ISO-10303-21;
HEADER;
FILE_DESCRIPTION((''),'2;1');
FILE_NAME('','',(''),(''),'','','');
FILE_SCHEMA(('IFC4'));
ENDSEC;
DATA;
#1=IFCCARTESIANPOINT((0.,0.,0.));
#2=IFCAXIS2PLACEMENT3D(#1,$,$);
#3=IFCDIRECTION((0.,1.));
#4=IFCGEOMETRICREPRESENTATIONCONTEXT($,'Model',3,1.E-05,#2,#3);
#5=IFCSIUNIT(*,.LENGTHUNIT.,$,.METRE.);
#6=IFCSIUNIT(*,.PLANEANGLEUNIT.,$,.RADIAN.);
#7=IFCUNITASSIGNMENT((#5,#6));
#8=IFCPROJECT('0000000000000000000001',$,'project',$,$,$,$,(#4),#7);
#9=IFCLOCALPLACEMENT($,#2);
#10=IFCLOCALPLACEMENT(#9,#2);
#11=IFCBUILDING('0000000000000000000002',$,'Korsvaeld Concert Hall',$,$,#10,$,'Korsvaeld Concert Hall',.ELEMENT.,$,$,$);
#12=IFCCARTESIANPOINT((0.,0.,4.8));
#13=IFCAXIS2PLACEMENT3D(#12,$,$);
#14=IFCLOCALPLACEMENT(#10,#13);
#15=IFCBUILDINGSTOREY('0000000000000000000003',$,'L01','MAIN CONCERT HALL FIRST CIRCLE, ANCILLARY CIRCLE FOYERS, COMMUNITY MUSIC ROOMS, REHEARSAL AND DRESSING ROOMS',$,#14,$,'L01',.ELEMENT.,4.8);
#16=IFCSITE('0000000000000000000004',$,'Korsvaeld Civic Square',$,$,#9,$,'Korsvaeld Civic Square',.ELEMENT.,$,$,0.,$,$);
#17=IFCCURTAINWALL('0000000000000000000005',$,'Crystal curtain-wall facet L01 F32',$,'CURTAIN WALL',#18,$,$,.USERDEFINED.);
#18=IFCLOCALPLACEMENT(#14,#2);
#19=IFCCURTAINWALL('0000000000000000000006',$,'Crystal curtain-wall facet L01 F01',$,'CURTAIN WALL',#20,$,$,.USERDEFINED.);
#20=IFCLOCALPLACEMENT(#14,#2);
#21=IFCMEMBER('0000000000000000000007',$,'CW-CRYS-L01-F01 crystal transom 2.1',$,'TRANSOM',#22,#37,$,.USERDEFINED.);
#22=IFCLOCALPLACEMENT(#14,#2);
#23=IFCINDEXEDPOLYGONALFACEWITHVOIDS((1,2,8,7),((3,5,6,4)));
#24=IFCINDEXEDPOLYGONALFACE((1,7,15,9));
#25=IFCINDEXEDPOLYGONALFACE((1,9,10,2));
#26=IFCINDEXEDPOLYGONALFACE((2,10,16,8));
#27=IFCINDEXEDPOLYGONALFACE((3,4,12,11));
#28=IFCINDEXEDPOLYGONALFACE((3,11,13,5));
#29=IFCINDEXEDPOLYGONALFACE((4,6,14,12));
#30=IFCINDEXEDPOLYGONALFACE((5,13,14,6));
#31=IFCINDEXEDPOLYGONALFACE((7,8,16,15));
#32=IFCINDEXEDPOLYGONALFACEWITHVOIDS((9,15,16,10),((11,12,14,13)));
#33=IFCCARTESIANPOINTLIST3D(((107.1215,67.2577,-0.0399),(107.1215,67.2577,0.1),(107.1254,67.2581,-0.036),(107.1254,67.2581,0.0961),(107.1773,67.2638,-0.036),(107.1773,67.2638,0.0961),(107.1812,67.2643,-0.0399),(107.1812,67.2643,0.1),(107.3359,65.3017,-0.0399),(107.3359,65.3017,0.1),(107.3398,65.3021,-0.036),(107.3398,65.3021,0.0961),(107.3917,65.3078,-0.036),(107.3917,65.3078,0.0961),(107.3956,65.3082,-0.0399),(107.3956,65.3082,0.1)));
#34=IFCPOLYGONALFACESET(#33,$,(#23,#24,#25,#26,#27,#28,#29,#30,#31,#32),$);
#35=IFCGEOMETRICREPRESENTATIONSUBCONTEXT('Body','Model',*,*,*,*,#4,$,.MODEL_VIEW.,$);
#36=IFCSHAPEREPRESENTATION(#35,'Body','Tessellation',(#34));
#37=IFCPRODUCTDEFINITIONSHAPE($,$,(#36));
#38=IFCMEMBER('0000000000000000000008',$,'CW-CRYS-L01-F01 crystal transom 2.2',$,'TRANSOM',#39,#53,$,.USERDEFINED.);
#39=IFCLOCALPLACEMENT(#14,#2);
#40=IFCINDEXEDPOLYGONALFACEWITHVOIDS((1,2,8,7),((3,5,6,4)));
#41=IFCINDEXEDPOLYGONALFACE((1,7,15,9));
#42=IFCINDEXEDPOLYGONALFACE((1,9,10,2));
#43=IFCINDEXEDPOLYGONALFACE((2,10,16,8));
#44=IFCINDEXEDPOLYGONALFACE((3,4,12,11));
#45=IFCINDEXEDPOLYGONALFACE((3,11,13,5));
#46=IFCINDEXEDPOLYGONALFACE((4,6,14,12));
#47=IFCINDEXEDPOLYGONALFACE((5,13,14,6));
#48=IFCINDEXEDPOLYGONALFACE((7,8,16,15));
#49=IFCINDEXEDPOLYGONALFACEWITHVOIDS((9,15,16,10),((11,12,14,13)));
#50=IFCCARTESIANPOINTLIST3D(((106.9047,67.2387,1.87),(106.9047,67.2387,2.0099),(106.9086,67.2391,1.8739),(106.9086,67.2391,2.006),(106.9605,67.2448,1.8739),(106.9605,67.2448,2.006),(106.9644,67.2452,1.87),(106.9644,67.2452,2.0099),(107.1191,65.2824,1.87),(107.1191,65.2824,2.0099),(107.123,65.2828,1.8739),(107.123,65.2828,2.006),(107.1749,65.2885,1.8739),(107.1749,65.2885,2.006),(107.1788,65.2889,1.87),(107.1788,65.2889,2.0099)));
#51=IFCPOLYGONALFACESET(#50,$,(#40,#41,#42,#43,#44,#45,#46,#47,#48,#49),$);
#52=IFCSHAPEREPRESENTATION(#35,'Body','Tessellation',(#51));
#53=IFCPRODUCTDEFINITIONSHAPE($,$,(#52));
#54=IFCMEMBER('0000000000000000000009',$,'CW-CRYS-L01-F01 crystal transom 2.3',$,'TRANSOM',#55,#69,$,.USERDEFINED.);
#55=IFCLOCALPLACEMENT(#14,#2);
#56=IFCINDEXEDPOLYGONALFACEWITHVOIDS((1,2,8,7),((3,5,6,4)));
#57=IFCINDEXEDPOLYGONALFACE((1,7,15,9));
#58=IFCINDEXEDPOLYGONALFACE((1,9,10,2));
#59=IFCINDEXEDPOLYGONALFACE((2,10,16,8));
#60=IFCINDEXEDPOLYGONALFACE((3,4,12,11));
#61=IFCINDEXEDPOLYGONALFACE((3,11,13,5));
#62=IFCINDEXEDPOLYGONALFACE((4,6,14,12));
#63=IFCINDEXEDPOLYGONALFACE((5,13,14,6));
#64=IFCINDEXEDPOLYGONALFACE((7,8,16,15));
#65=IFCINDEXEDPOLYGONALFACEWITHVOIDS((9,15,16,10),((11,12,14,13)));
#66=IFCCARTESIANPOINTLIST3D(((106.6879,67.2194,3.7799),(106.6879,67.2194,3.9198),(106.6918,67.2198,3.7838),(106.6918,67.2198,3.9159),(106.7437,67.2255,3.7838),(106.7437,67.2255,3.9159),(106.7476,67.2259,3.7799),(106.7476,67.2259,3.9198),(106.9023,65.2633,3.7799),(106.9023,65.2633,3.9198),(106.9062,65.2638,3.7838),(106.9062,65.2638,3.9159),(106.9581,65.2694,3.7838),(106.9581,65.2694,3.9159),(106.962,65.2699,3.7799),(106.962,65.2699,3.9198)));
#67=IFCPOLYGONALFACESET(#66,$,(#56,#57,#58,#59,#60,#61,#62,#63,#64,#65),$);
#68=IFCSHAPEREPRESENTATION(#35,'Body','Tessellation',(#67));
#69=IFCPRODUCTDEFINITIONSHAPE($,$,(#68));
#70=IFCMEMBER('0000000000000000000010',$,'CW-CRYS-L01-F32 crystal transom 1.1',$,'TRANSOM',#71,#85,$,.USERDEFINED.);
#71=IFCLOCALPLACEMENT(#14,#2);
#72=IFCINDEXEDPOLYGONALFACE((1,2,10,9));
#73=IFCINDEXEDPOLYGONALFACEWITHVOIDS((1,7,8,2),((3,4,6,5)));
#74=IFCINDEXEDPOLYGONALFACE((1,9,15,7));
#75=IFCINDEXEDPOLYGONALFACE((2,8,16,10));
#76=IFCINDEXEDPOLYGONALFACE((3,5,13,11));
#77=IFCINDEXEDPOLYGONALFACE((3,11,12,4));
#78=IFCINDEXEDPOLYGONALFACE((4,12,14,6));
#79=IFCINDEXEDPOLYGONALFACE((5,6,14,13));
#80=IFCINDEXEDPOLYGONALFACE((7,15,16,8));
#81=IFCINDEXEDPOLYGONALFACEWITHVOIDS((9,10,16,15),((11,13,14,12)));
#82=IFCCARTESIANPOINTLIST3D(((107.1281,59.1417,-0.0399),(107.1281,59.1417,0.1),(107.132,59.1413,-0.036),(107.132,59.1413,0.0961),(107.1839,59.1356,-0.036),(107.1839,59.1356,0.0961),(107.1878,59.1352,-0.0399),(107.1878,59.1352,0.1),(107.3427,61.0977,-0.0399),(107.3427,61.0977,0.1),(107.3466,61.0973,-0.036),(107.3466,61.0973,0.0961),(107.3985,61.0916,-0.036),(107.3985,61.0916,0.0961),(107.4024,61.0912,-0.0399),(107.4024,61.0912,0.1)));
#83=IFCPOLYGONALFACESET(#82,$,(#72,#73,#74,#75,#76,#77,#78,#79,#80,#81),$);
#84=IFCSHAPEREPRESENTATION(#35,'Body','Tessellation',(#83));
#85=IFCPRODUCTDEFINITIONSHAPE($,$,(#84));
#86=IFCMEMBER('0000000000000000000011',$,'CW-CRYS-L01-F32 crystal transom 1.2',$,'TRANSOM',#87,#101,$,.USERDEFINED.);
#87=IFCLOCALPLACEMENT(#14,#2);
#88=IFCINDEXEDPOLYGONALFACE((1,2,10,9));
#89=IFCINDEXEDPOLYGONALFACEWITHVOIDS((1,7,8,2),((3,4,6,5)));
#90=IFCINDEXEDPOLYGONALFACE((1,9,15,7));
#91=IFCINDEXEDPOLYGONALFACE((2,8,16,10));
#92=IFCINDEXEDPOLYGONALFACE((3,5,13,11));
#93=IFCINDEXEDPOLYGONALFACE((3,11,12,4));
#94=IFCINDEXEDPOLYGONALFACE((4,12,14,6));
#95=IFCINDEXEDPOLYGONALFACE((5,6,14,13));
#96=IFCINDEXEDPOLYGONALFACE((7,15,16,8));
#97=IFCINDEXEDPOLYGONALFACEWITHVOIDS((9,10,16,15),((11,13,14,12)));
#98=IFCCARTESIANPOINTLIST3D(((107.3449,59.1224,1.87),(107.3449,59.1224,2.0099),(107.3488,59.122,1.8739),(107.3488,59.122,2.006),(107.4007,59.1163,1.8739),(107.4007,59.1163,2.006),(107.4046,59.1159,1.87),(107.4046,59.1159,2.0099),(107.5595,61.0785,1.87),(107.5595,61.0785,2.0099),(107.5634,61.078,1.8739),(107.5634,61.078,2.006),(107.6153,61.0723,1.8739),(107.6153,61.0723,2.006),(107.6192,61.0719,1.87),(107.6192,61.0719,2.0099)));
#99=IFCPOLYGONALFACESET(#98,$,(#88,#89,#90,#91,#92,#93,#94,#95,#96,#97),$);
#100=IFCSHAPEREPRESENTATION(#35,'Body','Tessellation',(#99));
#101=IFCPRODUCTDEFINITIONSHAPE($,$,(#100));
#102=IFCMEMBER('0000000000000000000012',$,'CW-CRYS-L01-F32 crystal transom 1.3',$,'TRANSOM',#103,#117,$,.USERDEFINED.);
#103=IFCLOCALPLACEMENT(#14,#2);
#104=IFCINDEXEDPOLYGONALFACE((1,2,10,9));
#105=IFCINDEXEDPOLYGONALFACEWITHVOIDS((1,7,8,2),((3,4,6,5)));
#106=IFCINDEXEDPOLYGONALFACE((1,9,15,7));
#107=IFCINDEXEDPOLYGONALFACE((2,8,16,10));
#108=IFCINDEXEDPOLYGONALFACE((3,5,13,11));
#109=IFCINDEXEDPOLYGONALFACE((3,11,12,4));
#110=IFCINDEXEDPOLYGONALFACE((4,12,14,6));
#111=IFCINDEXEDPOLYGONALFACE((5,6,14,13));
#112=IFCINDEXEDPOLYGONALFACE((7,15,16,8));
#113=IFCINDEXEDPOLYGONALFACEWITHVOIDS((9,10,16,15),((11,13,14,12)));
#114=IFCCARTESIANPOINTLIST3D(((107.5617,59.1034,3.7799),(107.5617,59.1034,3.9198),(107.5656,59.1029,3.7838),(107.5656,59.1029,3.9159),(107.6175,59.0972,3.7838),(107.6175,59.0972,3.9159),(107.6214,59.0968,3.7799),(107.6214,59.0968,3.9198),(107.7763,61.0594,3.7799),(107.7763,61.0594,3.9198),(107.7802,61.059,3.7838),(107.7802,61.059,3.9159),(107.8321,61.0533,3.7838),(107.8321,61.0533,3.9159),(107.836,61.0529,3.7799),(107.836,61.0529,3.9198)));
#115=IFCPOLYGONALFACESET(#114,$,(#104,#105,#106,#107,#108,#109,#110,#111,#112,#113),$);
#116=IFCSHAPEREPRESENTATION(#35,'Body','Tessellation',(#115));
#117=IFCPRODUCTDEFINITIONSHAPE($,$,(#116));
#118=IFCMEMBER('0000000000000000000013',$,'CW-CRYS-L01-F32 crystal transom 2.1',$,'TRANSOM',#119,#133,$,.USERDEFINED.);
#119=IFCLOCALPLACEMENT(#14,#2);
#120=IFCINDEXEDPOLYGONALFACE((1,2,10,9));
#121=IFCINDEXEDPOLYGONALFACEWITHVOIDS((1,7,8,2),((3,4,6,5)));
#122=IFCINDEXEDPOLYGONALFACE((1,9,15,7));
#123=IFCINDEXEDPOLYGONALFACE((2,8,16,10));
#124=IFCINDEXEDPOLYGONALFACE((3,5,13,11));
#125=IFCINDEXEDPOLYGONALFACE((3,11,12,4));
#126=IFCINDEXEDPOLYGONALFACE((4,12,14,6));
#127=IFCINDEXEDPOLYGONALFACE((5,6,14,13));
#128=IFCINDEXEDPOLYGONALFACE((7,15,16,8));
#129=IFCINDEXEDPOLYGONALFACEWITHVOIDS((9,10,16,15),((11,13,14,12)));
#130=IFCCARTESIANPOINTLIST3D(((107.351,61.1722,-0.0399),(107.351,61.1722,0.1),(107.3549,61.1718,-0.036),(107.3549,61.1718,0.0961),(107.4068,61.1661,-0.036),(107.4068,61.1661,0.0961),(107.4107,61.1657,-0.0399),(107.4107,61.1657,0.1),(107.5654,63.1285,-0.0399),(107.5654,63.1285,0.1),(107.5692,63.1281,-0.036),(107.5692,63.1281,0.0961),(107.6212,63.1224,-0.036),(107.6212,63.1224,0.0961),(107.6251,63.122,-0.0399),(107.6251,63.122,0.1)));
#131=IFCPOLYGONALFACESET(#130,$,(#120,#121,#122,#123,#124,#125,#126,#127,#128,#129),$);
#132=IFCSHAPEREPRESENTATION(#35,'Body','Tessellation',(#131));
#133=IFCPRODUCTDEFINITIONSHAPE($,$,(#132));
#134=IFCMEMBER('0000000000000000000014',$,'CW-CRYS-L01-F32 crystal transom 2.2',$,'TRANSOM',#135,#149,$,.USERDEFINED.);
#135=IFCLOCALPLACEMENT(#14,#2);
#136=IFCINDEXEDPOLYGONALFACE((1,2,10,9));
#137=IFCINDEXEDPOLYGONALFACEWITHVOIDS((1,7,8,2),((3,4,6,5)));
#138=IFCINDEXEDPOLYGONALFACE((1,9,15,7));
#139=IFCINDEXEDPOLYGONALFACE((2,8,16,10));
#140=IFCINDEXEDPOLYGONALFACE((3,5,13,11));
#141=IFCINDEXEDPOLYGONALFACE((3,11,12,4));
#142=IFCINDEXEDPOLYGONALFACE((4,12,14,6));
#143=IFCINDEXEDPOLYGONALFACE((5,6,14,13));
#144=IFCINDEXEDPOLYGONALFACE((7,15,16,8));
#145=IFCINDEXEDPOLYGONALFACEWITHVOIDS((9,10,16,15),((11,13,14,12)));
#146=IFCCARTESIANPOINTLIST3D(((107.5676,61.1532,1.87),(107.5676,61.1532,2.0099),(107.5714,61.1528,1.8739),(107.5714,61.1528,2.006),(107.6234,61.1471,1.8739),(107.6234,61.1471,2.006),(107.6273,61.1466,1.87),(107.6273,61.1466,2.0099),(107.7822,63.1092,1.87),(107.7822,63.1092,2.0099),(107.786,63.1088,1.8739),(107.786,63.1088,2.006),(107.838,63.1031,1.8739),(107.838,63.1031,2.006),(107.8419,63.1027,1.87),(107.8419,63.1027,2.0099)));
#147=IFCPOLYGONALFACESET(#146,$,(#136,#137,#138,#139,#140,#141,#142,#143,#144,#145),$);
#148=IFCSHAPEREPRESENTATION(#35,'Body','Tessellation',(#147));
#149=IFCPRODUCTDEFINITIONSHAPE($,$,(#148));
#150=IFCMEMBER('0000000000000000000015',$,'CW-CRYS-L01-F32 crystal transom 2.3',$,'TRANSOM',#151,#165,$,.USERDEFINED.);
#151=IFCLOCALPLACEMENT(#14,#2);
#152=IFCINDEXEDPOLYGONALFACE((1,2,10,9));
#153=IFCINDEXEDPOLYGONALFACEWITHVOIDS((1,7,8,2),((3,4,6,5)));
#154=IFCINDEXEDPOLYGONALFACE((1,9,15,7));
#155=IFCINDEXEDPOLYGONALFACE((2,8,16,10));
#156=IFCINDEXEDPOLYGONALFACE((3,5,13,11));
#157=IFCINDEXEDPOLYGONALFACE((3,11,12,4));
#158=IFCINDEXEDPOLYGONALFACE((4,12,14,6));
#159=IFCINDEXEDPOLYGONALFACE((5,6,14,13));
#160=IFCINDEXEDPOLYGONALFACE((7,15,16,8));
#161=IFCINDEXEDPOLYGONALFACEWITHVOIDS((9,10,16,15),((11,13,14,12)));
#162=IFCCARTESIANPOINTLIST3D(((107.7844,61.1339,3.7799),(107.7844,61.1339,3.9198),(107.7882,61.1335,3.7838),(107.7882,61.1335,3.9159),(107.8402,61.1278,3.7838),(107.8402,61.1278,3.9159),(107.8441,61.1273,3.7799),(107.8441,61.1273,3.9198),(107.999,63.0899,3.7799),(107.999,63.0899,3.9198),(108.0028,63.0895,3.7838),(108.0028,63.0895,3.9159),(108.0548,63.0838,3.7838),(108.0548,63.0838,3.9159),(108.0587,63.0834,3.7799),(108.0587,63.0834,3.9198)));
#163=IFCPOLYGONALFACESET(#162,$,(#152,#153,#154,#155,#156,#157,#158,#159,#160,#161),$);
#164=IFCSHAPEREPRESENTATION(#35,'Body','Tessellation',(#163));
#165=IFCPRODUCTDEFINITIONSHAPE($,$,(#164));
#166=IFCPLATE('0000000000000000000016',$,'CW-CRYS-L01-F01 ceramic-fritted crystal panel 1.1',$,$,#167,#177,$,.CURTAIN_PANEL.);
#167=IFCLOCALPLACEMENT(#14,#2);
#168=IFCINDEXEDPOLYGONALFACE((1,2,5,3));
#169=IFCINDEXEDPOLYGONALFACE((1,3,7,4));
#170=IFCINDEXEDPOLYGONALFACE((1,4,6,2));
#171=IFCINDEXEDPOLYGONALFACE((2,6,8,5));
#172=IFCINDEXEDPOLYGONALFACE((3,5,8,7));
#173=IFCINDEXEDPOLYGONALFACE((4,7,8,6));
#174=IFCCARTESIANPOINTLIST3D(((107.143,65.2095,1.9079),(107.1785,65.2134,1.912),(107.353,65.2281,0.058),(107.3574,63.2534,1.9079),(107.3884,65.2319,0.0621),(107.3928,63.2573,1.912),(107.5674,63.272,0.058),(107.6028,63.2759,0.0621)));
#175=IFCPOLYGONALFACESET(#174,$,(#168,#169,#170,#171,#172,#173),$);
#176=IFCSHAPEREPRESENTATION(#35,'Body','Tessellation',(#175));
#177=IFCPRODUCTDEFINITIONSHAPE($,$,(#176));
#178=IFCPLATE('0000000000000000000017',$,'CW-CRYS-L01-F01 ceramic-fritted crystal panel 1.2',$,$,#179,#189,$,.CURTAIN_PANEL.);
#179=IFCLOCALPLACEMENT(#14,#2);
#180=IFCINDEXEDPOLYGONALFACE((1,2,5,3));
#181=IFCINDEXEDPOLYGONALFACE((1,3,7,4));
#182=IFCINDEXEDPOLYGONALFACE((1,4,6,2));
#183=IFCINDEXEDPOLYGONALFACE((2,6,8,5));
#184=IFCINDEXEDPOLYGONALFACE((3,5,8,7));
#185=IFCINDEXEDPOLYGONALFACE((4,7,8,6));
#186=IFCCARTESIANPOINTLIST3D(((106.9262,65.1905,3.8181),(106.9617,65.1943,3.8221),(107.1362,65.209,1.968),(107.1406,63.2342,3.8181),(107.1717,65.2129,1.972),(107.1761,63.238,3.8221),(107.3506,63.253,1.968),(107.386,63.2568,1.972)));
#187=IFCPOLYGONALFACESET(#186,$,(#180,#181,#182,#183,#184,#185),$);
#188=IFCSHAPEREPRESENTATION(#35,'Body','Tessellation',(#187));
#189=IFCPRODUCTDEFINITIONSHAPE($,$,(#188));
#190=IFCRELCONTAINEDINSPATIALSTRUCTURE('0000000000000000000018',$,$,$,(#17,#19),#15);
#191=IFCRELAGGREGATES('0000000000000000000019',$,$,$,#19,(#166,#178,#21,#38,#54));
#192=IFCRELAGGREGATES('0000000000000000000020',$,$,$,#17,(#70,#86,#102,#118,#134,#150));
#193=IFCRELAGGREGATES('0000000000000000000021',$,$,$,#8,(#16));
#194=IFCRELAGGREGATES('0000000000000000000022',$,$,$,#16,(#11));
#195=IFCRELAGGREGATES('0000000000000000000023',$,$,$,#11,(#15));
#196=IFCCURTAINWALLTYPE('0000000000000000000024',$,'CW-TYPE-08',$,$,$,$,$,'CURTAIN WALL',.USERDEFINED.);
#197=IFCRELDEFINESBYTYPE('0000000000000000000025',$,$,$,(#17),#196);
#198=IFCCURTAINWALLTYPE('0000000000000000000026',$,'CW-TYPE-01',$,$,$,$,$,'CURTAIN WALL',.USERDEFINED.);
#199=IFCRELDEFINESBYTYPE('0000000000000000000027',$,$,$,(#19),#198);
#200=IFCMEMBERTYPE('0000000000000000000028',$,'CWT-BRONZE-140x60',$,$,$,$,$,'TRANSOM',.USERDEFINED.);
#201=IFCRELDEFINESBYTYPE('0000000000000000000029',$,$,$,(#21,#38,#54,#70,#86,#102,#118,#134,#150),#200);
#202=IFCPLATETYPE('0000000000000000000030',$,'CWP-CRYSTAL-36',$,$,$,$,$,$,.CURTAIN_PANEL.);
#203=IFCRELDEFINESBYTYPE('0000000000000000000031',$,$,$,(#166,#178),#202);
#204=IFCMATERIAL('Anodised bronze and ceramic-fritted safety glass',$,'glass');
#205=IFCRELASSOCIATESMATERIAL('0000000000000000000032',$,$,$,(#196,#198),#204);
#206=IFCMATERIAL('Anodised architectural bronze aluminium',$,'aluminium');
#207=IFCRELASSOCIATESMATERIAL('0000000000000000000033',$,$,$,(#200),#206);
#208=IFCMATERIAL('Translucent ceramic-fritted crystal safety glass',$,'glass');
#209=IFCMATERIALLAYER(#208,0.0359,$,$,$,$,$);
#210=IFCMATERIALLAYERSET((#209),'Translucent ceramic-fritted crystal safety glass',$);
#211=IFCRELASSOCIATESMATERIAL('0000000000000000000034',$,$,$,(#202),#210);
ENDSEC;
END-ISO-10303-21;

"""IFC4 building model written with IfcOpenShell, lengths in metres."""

from ifc_helpers import new_model, si_unit, direction, frame, origin, origin_2d, place, context, subcontext, project, spatial, polyline, hollow_rectangle, outline, extrude, material, layer, layer_set, material_profile, profile_set, type_object, element, aggregate, save


model = new_model("IFC4")

# Units and contexts
model_context = context("Model", 3, precision=1e-05, world=origin(), true_north=direction((0.0, 1.0)))
body_context = subcontext(model_context, "Body", "Model", "MODEL_VIEW")
ifc_project = project(units=[si_unit("LENGTHUNIT", "METRE"), si_unit("PLANEANGLEUNIT", "RADIAN")], contexts=[model_context])

# Site, building, storey
site_placement = place(None, origin())
site = spatial("IfcSite", under=ifc_project, at=site_placement, Name="Korsvaeld Civic Square", LongName="Korsvaeld Civic Square", CompositionType="ELEMENT", RefElevation=0.0)
building_placement = place(site_placement, origin())
building = spatial("IfcBuilding", under=site, at=building_placement, Name="Korsvaeld Concert Hall", LongName="Korsvaeld Concert Hall", CompositionType="ELEMENT")
storey_placement = place(building_placement, frame((0.0, 0.0, 4.8)))
storey = spatial("IfcBuildingStorey", under=building, at=storey_placement, Name="L01", Description="MAIN CONCERT HALL FIRST CIRCLE, ANCILLARY CIRCLE FOYERS, COMMUNITY MUSIC ROOMS, REHEARSAL AND DRESSING ROOMS", LongName="L01", CompositionType="ELEMENT", Elevation=4.8)

# Curtain walls, members
ifc_material_1 = material(Name="Anodised bronze and ceramic-fritted safety glass", Category="glass")
curtain_wall_type_1 = type_object("IfcCurtainWallType", Name="CW-TYPE-08", ElementType="CURTAIN WALL", PredefinedType="USERDEFINED", material=ifc_material_1)
curtain_wall_1_placement = place(storey_placement, origin())
curtain_wall_1 = element("IfcCurtainWall", 1, at=curtain_wall_1_placement, inside=storey, type_object=curtain_wall_type_1, Name="Crystal curtain-wall facet L01 F32", ObjectType="CURTAIN WALL", PredefinedType="USERDEFINED")
ifc_material_2 = material(Name="Anodised architectural bronze aluminium", Category="aluminium")
curtain_wall_type_2 = type_object("IfcCurtainWallType", Name="CW-TYPE-01", ElementType="CURTAIN WALL", PredefinedType="USERDEFINED", material=ifc_material_1)
curtain_wall_2_placement = place(storey_placement, origin())
curtain_wall_2 = element("IfcCurtainWall", 2, at=curtain_wall_2_placement, inside=storey, type_object=curtain_wall_type_2, Name="Crystal curtain-wall facet L01 F01", ObjectType="CURTAIN WALL", PredefinedType="USERDEFINED")
ifc_material_profile_1 = material_profile(ifc_material_2, hollow_rectangle(XDim=0.0601, YDim=0.1399, WallThickness=0.0039, at=origin_2d()), Name="CWT 140x60x4")
ifc_profile_set_1 = profile_set([ifc_material_profile_1], Name="Anodised architectural bronze aluminium")
member_type_1 = type_object("IfcMemberType", Name="CWT-BRONZE-140x60", ElementType="TRANSOM", PredefinedType="USERDEFINED", material=ifc_profile_set_1)
member_1_placement = place(storey_placement, frame((107.3657, 65.3049, 0.03), z_axis=(-0.108933, 0.994049, 0.0), x_axis=(-0.994049, -0.108933, 0.0)))
member_1 = element("IfcMember", 3, at=member_1_placement, type_object=member_type_1, Name="CW-CRYS-L01-F01 crystal transom 2.1", ObjectType="TRANSOM", PredefinedType="USERDEFINED", context=body_context, shape_type="SweptSolid", body=[
    extrude(hollow_rectangle(XDim=0.0601, YDim=0.1399, WallThickness=0.0039, at=origin_2d()), origin(), (0.0, 0.0, 1.0), 1.9678),
])
member_2_placement = place(storey_placement, frame((107.1489, 65.2856, 1.9399), z_axis=(-0.10892, 0.994051, 0.0), x_axis=(-0.994051, -0.10892, 0.0)))
member_2 = element("IfcMember", 4, at=member_2_placement, type_object=member_type_1, Name="CW-CRYS-L01-F01 crystal transom 2.2", ObjectType="TRANSOM", PredefinedType="USERDEFINED", context=body_context, shape_type="SweptSolid", body=[
    extrude(hollow_rectangle(XDim=0.0601, YDim=0.1399, WallThickness=0.0039, at=origin_2d()), origin(), (0.0, 0.0, 1.0), 1.968),
])
member_3_placement = place(storey_placement, frame((106.9321, 65.2666, 3.8499), z_axis=(-0.108933, 0.994049, 0.0), x_axis=(-0.994049, -0.108933, 0.0)))
member_3 = element("IfcMember", 5, at=member_3_placement, type_object=member_type_1, Name="CW-CRYS-L01-F01 crystal transom 2.3", ObjectType="TRANSOM", PredefinedType="USERDEFINED", context=body_context, shape_type="SweptSolid", body=[
    extrude(hollow_rectangle(XDim=0.0601, YDim=0.1399, WallThickness=0.0039, at=origin_2d()), origin(), (0.0, 0.0, 1.0), 1.9678),
])

# Members
member_4_placement = place(storey_placement, frame((107.158, 59.1384, 0.03), z_axis=(0.109056, 0.994036, 0.0), x_axis=(-0.994036, 0.109056, 0.0)))
member_4 = element("IfcMember", 6, at=member_4_placement, type_object=member_type_1, Name="CW-CRYS-L01-F32 crystal transom 1.1", ObjectType="TRANSOM", PredefinedType="USERDEFINED", context=body_context, shape_type="SweptSolid", body=[
    extrude(hollow_rectangle(XDim=0.0601, YDim=0.1399, WallThickness=0.0039, at=origin_2d()), origin(), (0.0, 0.0, 1.0), 1.9678),
])
member_5_placement = place(storey_placement, frame((107.3748, 59.1191, 1.9399), z_axis=(0.109056, 0.994036, 0.0), x_axis=(-0.994036, 0.109056, 0.0)))
member_5 = element("IfcMember", 7, at=member_5_placement, type_object=member_type_1, Name="CW-CRYS-L01-F32 crystal transom 1.2", ObjectType="TRANSOM", PredefinedType="USERDEFINED", context=body_context, shape_type="SweptSolid", body=[
    extrude(hollow_rectangle(XDim=0.0601, YDim=0.1399, WallThickness=0.0039, at=origin_2d()), origin(), (0.0, 0.0, 1.0), 1.9678),
])
member_6_placement = place(storey_placement, frame((107.5916, 59.1001, 3.8499), z_axis=(0.109056, 0.994036, 0.0), x_axis=(-0.994036, 0.109056, 0.0)))
member_6 = element("IfcMember", 8, at=member_6_placement, type_object=member_type_1, Name="CW-CRYS-L01-F32 crystal transom 1.3", ObjectType="TRANSOM", PredefinedType="USERDEFINED", context=body_context, shape_type="SweptSolid", body=[
    extrude(hollow_rectangle(XDim=0.0601, YDim=0.1399, WallThickness=0.0039, at=origin_2d()), origin(), (0.0, 0.0, 1.0), 1.9678),
])
member_7_placement = place(storey_placement, frame((107.3809, 61.1689, 0.03), z_axis=(0.10892, 0.994051, 0.0), x_axis=(-0.994051, 0.10892, 0.0)))
member_7 = element("IfcMember", 9, at=member_7_placement, type_object=member_type_1, Name="CW-CRYS-L01-F32 crystal transom 2.1", ObjectType="TRANSOM", PredefinedType="USERDEFINED", context=body_context, shape_type="SweptSolid", body=[
    extrude(hollow_rectangle(XDim=0.0601, YDim=0.1399, WallThickness=0.0039, at=origin_2d()), origin(), (0.0, 0.0, 1.0), 1.968),
])
member_8_placement = place(storey_placement, frame((107.5974, 61.1499, 1.9399), z_axis=(0.109056, 0.994036, 0.0), x_axis=(-0.994036, 0.109056, 0.0)))
member_8 = element("IfcMember", 10, at=member_8_placement, type_object=member_type_1, Name="CW-CRYS-L01-F32 crystal transom 2.2", ObjectType="TRANSOM", PredefinedType="USERDEFINED", context=body_context, shape_type="SweptSolid", body=[
    extrude(hollow_rectangle(XDim=0.0601, YDim=0.1399, WallThickness=0.0039, at=origin_2d()), origin(), (0.0, 0.0, 1.0), 1.9678),
])
member_9_placement = place(storey_placement, frame((107.8142, 61.1306, 3.8499), z_axis=(0.109056, 0.994036, 0.0), x_axis=(-0.994036, 0.109056, 0.0)))
member_9 = element("IfcMember", 11, at=member_9_placement, type_object=member_type_1, Name="CW-CRYS-L01-F32 crystal transom 2.3", ObjectType="TRANSOM", PredefinedType="USERDEFINED", context=body_context, shape_type="SweptSolid", body=[
    extrude(hollow_rectangle(XDim=0.0601, YDim=0.1399, WallThickness=0.0039, at=origin_2d()), origin(), (0.0, 0.0, 1.0), 1.9678),
])

# Plates
ifc_material_3 = material(Name="Translucent ceramic-fritted crystal safety glass", Category="glass")
ifc_layer = layer(ifc_material_3, 0.0359)
ifc_layer_set = layer_set([ifc_layer], Name="Translucent ceramic-fritted crystal safety glass")
plate_type = type_object("IfcPlateType", Name="CWP-CRYSTAL-36", PredefinedType="CURTAIN_PANEL", material=ifc_layer_set)
plate_1_placement = place(storey_placement, frame((107.585, 63.2739, 0.0601), z_axis=(0.987661, 0.108233, 0.113187), x_axis=(-0.108933, 0.994049, 0.0)))
plate_1 = element("IfcPlate", 12, at=plate_1_placement, type_object=plate_type, Name="CW-CRYS-L01-F01 ceramic-fritted crystal panel 1.1", PredefinedType="CURTAIN_PANEL", context=body_context, shape_type="SweptSolid", body=[
    extrude(outline(polyline([(0.0, 0.0), (1.9678, 0.0), (1.9722, 1.8618), (0.0044, 1.8618), (0.0, 0.0)])), frame((0.0, 0.0, 0.0181)), (0.0, 0.0, -1.0), 0.0359),
])
plate_2_placement = place(storey_placement, frame((107.3682, 63.2549, 1.97), z_axis=(0.987663, 0.108227, 0.113179), x_axis=(-0.108927, 0.99405, 0.000001)))
plate_2 = element("IfcPlate", 13, at=plate_2_placement, type_object=plate_type, Name="CW-CRYS-L01-F01 ceramic-fritted crystal panel 1.2", PredefinedType="CURTAIN_PANEL", context=body_context, shape_type="SweptSolid", body=[
    extrude(outline(polyline([(0.0, 0.0), (1.9678, 0.0), (1.9722, 1.8621), (0.0042, 1.8621), (0.0, 0.0)])), frame((0.0, 0.0, 0.0181)), (0.0, 0.0, -1.0), 0.0359),
])
aggregate(curtain_wall_2, [plate_1, plate_2, member_1, member_2, member_3])
aggregate(curtain_wall_1, [member_4, member_5, member_6, member_7, member_8, member_9])

save(model, "model.ifc")
